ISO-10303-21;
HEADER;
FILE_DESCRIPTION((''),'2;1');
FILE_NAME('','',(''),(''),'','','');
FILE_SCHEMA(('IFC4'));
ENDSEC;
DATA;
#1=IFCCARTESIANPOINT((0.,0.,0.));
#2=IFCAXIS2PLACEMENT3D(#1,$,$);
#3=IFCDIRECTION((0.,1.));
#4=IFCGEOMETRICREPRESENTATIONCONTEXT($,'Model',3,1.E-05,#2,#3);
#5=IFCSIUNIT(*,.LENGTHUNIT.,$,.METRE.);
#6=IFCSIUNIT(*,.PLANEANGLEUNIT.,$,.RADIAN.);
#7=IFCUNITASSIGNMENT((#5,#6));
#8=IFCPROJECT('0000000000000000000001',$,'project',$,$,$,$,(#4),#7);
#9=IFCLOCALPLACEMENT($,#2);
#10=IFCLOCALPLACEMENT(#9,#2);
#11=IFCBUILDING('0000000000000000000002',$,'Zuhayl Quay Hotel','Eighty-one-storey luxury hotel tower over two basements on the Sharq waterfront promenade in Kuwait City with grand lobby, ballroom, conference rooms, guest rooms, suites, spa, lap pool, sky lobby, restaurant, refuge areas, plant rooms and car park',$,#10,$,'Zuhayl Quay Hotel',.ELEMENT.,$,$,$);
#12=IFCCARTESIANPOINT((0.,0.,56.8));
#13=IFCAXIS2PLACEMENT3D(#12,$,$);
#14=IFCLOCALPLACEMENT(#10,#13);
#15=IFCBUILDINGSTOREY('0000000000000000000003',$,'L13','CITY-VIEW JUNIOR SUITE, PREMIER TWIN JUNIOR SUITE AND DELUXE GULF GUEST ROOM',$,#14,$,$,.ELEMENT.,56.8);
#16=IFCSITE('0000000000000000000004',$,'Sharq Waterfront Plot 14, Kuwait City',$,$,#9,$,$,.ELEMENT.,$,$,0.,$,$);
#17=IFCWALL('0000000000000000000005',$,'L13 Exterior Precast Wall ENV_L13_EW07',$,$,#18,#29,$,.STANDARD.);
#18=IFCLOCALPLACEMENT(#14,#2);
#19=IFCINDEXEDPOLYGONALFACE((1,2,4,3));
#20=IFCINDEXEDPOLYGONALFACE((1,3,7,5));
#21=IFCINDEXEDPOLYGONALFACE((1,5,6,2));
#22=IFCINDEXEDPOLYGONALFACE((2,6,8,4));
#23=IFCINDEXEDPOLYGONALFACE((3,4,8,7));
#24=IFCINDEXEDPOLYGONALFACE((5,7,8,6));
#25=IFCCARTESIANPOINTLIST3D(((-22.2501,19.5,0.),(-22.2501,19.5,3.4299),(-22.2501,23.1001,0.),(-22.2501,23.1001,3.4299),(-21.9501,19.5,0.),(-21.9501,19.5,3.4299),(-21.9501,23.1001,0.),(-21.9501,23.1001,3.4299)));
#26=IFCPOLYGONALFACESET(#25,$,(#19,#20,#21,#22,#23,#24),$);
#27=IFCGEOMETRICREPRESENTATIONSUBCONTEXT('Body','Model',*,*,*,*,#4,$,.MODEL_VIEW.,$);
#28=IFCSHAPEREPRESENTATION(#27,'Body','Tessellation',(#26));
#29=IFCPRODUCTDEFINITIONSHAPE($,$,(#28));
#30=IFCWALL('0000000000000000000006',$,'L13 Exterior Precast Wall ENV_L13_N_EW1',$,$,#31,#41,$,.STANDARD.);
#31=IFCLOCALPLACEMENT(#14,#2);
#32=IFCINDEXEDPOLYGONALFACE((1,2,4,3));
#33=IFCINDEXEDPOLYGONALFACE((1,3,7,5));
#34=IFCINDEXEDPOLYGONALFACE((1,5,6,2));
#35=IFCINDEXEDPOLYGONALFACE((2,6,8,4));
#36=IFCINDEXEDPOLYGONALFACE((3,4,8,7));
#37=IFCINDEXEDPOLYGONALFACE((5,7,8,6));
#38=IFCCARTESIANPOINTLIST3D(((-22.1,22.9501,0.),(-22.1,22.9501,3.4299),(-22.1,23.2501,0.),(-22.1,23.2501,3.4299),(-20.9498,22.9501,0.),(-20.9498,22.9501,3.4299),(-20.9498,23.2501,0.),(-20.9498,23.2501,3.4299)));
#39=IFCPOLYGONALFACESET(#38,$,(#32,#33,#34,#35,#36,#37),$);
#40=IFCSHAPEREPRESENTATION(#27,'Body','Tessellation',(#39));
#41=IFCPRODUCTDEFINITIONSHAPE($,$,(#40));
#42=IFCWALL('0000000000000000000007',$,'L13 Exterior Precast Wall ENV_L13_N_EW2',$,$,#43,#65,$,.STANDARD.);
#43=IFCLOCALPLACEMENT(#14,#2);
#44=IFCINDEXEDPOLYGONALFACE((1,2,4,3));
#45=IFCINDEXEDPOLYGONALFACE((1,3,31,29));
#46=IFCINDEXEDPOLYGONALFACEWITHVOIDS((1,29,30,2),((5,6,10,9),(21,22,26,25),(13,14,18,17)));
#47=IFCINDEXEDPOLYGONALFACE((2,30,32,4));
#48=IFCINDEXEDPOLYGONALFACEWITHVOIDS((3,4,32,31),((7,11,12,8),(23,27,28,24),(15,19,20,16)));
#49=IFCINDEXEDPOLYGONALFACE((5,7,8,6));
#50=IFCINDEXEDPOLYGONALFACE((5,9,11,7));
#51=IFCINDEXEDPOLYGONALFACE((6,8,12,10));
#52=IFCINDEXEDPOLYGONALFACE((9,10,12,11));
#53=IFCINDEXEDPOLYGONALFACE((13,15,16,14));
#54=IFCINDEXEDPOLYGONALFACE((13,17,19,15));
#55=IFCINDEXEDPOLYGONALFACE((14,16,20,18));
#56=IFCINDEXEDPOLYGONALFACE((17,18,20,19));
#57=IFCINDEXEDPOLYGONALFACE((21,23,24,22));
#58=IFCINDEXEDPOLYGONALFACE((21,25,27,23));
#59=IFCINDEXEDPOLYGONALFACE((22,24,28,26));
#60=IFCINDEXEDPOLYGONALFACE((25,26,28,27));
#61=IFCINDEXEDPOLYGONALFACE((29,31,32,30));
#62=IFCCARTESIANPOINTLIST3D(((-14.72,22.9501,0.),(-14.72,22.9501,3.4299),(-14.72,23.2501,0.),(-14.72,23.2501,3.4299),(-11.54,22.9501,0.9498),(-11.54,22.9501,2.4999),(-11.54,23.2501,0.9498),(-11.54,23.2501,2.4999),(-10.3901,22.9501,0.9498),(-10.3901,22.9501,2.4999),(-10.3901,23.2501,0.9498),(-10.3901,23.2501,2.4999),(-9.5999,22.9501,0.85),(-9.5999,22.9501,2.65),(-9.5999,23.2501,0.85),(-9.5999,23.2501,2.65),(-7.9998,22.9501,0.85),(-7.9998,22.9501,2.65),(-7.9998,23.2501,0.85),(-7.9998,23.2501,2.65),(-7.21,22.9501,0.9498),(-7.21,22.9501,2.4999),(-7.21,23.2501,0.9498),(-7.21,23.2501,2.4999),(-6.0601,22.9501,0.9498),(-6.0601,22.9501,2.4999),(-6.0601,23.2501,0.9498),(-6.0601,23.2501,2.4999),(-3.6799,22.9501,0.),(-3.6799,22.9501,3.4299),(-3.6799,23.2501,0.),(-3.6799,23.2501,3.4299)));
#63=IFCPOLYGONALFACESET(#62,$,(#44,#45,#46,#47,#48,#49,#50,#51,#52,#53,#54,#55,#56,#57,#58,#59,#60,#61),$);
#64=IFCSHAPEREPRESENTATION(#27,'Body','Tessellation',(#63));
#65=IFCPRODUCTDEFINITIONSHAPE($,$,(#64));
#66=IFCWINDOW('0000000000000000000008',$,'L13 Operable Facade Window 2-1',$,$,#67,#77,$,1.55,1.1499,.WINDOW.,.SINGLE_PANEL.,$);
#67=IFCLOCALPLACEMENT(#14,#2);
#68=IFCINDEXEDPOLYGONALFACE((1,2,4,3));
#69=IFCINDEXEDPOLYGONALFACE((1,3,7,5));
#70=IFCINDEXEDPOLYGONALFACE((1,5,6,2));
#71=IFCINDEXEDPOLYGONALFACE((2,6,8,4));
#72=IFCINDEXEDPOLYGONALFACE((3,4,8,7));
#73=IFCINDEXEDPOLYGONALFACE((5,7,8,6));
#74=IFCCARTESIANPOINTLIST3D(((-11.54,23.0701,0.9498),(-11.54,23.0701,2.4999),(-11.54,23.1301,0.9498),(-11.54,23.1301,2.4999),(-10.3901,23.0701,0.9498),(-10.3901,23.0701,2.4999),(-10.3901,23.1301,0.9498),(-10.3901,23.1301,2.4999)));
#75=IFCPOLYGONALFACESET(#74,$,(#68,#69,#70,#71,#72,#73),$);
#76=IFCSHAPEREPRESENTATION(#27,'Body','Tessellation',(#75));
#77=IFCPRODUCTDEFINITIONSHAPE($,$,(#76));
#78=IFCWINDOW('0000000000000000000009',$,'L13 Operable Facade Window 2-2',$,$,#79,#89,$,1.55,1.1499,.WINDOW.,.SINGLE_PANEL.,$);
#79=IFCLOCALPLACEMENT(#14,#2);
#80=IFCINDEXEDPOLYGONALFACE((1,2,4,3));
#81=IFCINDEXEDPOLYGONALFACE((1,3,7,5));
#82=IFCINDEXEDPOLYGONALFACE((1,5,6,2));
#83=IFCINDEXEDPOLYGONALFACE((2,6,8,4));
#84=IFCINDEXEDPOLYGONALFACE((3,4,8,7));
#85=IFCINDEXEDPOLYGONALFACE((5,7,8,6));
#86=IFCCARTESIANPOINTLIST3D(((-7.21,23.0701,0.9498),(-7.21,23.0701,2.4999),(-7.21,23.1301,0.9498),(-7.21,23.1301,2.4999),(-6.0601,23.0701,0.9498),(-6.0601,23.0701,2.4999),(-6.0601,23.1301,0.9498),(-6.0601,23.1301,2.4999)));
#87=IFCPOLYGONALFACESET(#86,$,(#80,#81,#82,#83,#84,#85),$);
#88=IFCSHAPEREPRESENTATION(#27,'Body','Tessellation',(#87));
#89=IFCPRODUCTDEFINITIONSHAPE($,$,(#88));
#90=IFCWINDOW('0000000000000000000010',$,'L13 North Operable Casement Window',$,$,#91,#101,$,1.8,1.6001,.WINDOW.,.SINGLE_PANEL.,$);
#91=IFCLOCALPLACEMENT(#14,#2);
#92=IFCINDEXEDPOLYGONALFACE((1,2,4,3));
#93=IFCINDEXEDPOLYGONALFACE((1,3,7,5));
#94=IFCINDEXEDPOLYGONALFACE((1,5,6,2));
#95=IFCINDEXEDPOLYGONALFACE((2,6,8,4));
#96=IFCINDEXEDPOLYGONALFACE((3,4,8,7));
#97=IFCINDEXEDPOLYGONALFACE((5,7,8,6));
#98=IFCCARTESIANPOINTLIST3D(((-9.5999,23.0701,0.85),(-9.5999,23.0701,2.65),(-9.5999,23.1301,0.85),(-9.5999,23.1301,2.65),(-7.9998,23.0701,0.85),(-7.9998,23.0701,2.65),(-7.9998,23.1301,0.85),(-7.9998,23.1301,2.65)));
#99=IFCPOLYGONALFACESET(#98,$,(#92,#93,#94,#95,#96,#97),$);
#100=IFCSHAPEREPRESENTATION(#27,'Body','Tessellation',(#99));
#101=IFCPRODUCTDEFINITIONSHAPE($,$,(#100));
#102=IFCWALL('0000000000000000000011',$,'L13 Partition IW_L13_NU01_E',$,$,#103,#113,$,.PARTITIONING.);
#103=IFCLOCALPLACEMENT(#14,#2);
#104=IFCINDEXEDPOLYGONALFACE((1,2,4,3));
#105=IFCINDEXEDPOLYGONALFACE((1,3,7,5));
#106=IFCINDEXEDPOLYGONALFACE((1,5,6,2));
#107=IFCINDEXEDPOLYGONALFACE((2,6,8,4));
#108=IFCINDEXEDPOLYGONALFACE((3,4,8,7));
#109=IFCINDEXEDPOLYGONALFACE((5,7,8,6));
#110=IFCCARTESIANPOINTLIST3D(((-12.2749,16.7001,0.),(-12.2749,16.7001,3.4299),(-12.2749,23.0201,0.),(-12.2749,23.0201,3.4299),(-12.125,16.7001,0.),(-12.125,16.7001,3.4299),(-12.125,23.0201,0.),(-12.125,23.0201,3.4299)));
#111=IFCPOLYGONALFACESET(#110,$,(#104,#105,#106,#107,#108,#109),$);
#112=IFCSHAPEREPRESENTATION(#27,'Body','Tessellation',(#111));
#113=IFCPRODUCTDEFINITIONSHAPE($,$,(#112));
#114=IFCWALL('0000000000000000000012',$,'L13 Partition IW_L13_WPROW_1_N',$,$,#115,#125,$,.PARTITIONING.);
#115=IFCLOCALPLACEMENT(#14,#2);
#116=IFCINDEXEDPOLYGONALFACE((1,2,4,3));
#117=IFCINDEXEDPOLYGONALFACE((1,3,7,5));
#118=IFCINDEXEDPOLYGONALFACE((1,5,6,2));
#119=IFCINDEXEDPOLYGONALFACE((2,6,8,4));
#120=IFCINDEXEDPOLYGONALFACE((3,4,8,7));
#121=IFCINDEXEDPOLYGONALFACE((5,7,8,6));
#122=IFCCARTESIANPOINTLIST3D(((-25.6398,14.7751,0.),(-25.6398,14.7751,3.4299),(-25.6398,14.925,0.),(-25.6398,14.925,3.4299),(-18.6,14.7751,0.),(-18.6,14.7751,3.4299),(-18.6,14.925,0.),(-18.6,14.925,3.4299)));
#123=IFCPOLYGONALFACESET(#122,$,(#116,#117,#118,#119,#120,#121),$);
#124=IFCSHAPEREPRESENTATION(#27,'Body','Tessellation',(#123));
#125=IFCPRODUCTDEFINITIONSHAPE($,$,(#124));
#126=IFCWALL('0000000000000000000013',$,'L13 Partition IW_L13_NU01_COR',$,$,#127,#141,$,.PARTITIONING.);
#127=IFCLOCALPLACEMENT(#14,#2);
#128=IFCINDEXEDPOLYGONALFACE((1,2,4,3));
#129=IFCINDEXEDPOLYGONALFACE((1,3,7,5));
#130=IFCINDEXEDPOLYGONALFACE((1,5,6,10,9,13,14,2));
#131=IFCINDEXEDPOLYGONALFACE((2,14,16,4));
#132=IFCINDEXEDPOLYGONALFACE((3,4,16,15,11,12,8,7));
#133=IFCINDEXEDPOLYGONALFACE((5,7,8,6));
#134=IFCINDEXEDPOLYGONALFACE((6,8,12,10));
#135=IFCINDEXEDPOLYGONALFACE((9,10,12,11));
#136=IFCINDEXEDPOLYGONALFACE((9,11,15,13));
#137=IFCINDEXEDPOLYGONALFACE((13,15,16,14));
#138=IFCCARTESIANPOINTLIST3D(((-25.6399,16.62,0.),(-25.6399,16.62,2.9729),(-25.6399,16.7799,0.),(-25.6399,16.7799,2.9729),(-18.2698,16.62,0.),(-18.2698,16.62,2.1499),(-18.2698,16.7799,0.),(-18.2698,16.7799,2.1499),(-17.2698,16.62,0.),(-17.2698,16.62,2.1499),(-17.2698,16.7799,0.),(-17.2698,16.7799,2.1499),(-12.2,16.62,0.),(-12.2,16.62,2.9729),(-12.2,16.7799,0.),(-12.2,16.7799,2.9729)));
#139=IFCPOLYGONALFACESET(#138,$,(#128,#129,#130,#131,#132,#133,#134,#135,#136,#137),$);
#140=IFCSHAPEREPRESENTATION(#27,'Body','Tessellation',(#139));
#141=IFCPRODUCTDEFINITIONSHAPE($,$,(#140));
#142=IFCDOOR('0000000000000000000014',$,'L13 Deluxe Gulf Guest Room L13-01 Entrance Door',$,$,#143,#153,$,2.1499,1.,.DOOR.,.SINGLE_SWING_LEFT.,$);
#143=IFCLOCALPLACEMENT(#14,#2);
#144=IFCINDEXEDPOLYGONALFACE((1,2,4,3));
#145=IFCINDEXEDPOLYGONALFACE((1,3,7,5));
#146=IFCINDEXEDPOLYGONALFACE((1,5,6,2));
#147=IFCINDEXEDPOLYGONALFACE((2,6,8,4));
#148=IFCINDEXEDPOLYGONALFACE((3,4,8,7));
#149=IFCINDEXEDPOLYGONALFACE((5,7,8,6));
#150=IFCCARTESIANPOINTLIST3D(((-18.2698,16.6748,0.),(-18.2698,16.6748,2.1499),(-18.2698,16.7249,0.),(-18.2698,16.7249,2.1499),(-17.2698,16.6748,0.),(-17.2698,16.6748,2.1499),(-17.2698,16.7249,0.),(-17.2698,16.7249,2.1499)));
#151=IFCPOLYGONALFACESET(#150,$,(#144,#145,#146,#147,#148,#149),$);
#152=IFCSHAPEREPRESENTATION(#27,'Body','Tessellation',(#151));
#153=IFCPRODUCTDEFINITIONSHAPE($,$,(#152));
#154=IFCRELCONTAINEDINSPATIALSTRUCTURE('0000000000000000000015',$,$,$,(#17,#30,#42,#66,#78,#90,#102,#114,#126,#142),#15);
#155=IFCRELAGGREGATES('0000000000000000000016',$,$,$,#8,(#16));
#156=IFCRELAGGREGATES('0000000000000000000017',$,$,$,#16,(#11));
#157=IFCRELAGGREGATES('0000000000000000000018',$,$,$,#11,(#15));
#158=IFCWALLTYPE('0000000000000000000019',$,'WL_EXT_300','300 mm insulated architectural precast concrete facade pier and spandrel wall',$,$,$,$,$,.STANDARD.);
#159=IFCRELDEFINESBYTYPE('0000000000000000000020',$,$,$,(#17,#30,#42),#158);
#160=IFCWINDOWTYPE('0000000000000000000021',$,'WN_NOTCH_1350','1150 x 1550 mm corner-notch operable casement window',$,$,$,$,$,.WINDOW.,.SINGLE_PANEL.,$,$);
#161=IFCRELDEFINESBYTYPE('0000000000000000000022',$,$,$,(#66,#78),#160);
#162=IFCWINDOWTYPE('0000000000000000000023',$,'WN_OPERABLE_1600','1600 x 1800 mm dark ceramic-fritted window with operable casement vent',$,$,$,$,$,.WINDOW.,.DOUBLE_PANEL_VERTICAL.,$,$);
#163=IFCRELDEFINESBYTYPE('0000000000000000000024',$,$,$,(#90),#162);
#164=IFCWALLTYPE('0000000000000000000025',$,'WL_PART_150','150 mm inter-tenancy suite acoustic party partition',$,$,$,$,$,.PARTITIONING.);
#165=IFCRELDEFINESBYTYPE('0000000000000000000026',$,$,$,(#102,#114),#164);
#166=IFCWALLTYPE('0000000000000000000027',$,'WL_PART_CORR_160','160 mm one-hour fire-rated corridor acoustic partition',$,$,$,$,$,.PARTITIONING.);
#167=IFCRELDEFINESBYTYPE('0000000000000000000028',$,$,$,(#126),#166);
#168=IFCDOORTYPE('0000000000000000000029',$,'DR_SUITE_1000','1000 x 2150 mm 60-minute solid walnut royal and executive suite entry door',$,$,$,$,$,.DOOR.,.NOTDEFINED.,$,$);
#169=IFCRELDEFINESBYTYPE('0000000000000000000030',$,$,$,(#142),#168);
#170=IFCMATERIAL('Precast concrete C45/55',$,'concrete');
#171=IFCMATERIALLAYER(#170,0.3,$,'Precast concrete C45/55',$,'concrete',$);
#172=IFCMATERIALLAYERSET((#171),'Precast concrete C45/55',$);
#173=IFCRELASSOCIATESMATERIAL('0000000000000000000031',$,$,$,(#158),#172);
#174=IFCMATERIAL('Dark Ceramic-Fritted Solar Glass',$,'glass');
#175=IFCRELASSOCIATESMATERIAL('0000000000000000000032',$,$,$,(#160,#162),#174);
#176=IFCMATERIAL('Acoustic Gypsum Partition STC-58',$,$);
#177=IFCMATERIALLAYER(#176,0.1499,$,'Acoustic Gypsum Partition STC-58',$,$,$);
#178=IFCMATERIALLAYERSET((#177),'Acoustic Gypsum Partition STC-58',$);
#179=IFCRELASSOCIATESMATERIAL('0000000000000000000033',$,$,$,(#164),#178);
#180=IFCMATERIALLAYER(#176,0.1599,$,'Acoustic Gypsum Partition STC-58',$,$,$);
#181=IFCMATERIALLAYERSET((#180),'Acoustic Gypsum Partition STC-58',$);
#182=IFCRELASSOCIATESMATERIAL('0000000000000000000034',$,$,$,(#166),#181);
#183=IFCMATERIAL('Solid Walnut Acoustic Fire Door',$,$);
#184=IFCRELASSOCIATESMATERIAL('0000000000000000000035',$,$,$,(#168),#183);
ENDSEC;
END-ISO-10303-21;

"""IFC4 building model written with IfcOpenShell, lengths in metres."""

from ifc_helpers import new_model, si_unit, direction, frame, frame_2d, origin, place, context, subcontext, project, spatial, rectangle, extrude, material, layer, layer_set, type_object, element, fill, save


model = new_model("IFC4")

# Units and contexts
model_context = context("Model", 3, precision=1e-05, world=origin(), true_north=direction((0.0, 1.0)))
body_context = subcontext(model_context, "Body", "Model", "MODEL_VIEW")
ifc_project = project(units=[si_unit("LENGTHUNIT", "METRE"), si_unit("PLANEANGLEUNIT", "RADIAN")], contexts=[model_context])

# Site, building, storey
site_placement = place(None, origin())
site = spatial("IfcSite", under=ifc_project, at=site_placement, Name="Sharq Waterfront Plot 14, Kuwait City", CompositionType="ELEMENT", RefElevation=0.0)
building_placement = place(site_placement, origin())
building = spatial("IfcBuilding", under=site, at=building_placement, Name="Zuhayl Quay Hotel", Description="Eighty-one-storey luxury hotel tower over two basements on the Sharq waterfront promenade in Kuwait City with grand lobby, ballroom, conference rooms, guest rooms, suites, spa, lap pool, sky lobby, restaurant, refuge areas, plant rooms and car park", LongName="Zuhayl Quay Hotel", CompositionType="ELEMENT")
storey_placement = place(building_placement, frame((0.0, 0.0, 56.8)))
storey = spatial("IfcBuildingStorey", under=building, at=storey_placement, Name="L13", Description="CITY-VIEW JUNIOR SUITE, PREMIER TWIN JUNIOR SUITE AND DELUXE GULF GUEST ROOM", CompositionType="ELEMENT", Elevation=56.8)

# Shared definitions
ifc_material_1 = material(Name="Dark Ceramic-Fritted Solar Glass", Category="glass")

# Walls
ifc_material_2 = material(Name="Precast concrete C45/55", Category="concrete")
ifc_layer_1 = layer(ifc_material_2, 0.3, Name="Precast concrete C45/55", Category="concrete")
ifc_layer_set_1 = layer_set([ifc_layer_1], Name="Precast concrete C45/55")
wall_type_1 = type_object("IfcWallType", Name="WL_EXT_300", Description="300 mm insulated architectural precast concrete facade pier and spandrel wall", PredefinedType="STANDARD", material=ifc_layer_set_1)
wall_1_placement = place(storey_placement, frame((-22.1001, 19.5, 0.0), z_axis=(0.0, 0.0, 1.0), x_axis=(0.0, 1.0, 0.0)))
element("IfcWall", 1, at=wall_1_placement, inside=storey, type_object=wall_type_1, Name="L13 Exterior Precast Wall ENV_L13_EW07", PredefinedType="STANDARD", context=body_context, shape_type="SweptSolid", body=[
    extrude(rectangle(XDim=3.6001, YDim=0.3, at=frame_2d((1.8, 0.0))), origin(), (0.0, 0.0, 1.0), 3.4299),
])
wall_2_placement = place(storey_placement, frame((-22.1001, 23.1001, 0.0), z_axis=(0.0, 0.0, 1.0), x_axis=(1.0, 0.0, 0.0)))
element("IfcWall", 2, at=wall_2_placement, inside=storey, type_object=wall_type_1, Name="L13 Exterior Precast Wall ENV_L13_N_EW1", PredefinedType="STANDARD", context=body_context, shape_type="SweptSolid", body=[
    extrude(rectangle(XDim=1.1501, YDim=0.3, at=frame_2d((0.5752, 0.0))), origin(), (0.0, 0.0, 1.0), 3.4299),
])

# Wall, openings, windows
wall_3_placement = place(storey_placement, frame((-14.72, 23.1001, 0.0), z_axis=(0.0, 0.0, 1.0), x_axis=(1.0, 0.0, 0.0)))
wall_3 = element("IfcWall", 3, at=wall_3_placement, inside=storey, type_object=wall_type_1, Name="L13 Exterior Precast Wall ENV_L13_N_EW2", PredefinedType="STANDARD", context=body_context, shape_type="SweptSolid", body=[
    extrude(rectangle(XDim=11.04, YDim=0.3, at=frame_2d((5.52, 0.0))), origin(), (0.0, 0.0, 1.0), 3.4299),
])
opening_1_placement = place(wall_3_placement, frame((5.1201, 0.0, 0.8501)))
opening_1 = element("IfcOpeningElement", 4, at=opening_1_placement, cuts=wall_3, PredefinedType="OPENING", context=body_context, shape_type="SweptSolid", body=[
    extrude(rectangle(XDim=1.6001, YDim=1.8, at=frame_2d((0.8, 0.8999))), frame((0.0, 0.1599, 0.0), z_axis=(0.0, -1.0, 0.0), x_axis=(1.0, 0.0, 0.0)), (0.0, 0.0, 1.0), 0.3201),
])
opening_2_placement = place(wall_3_placement, frame((3.1799, 0.0, 0.95)))
opening_2 = element("IfcOpeningElement", 5, at=opening_2_placement, cuts=wall_3, PredefinedType="OPENING", context=body_context, shape_type="SweptSolid", body=[
    extrude(rectangle(XDim=1.1499, YDim=1.55, at=frame_2d((0.575, 0.7749))), frame((0.0, 0.1599, 0.0), z_axis=(0.0, -1.0, 0.0), x_axis=(1.0, 0.0, 0.0)), (0.0, 0.0, 1.0), 0.3201),
])
opening_3_placement = place(wall_3_placement, frame((7.51, 0.0, 0.95)))
opening_3 = element("IfcOpeningElement", 6, at=opening_3_placement, cuts=wall_3, PredefinedType="OPENING", context=body_context, shape_type="SweptSolid", body=[
    extrude(rectangle(XDim=1.1499, YDim=1.55, at=frame_2d((0.575, 0.7749))), frame((0.0, 0.1599, 0.0), z_axis=(0.0, -1.0, 0.0), x_axis=(1.0, 0.0, 0.0)), (0.0, 0.0, 1.0), 0.3201),
])
window_type_1 = type_object("IfcWindowType", Name="WN_NOTCH_1350", Description="1150 x 1550 mm corner-notch operable casement window", PartitioningType="SINGLE_PANEL", PredefinedType="WINDOW", material=ifc_material_1)
window_1_placement = place(opening_2_placement, origin())
window_1 = element("IfcWindow", 7, at=window_1_placement, inside=storey, type_object=window_type_1, Name="L13 Operable Facade Window 2-1", OverallHeight=1.55, OverallWidth=1.1499, PartitioningType="SINGLE_PANEL", PredefinedType="WINDOW", context=body_context, shape_type="SweptSolid", body=[
    extrude(rectangle(XDim=1.1499, YDim=1.55, at=frame_2d((0.575, 0.7749))), frame((0.0, 0.03, 0.0), z_axis=(0.0, -1.0, 0.0), x_axis=(1.0, 0.0, 0.0)), (0.0, 0.0, 1.0), 0.0601),
])
fill(opening_2, window_1)
window_2_placement = place(opening_3_placement, origin())
window_2 = element("IfcWindow", 8, at=window_2_placement, inside=storey, type_object=window_type_1, Name="L13 Operable Facade Window 2-2", OverallHeight=1.55, OverallWidth=1.1499, PartitioningType="SINGLE_PANEL", PredefinedType="WINDOW", context=body_context, shape_type="SweptSolid", body=[
    extrude(rectangle(XDim=1.1499, YDim=1.55, at=frame_2d((0.575, 0.7749))), frame((0.0, 0.03, 0.0), z_axis=(0.0, -1.0, 0.0), x_axis=(1.0, 0.0, 0.0)), (0.0, 0.0, 1.0), 0.0601),
])
fill(opening_3, window_2)
window_type_2 = type_object("IfcWindowType", Name="WN_OPERABLE_1600", Description="1600 x 1800 mm dark ceramic-fritted window with operable casement vent", PartitioningType="DOUBLE_PANEL_VERTICAL", PredefinedType="WINDOW", material=ifc_material_1)
window_3_placement = place(opening_1_placement, origin())
window_3 = element("IfcWindow", 9, at=window_3_placement, inside=storey, type_object=window_type_2, Name="L13 North Operable Casement Window", OverallHeight=1.8, OverallWidth=1.6001, PartitioningType="SINGLE_PANEL", PredefinedType="WINDOW", context=body_context, shape_type="SweptSolid", body=[
    extrude(rectangle(XDim=1.6001, YDim=1.8, at=frame_2d((0.8, 0.8999))), frame((0.0, 0.03, 0.0), z_axis=(0.0, -1.0, 0.0), x_axis=(1.0, 0.0, 0.0)), (0.0, 0.0, 1.0), 0.0601),
])
fill(opening_1, window_3)

# Walls
ifc_material_3 = material(Name="Acoustic Gypsum Partition STC-58")
ifc_layer_2 = layer(ifc_material_3, 0.1499, Name="Acoustic Gypsum Partition STC-58")
ifc_layer_set_2 = layer_set([ifc_layer_2], Name="Acoustic Gypsum Partition STC-58")
wall_type_2 = type_object("IfcWallType", Name="WL_PART_150", Description="150 mm inter-tenancy suite acoustic party partition", PredefinedType="PARTITIONING", material=ifc_layer_set_2)
wall_4_placement = place(storey_placement, frame((-12.2, 16.7, 0.0), z_axis=(0.0, 0.0, 1.0), x_axis=(0.0, 1.0, 0.0)))
element("IfcWall", 10, at=wall_4_placement, inside=storey, type_object=wall_type_2, Name="L13 Partition IW_L13_NU01_E", PredefinedType="PARTITIONING", context=body_context, shape_type="SweptSolid", body=[
    extrude(rectangle(XDim=6.3201, YDim=0.1499, at=frame_2d((3.1602, 0.0))), origin(), (0.0, 0.0, 1.0), 3.4299),
])
wall_5_placement = place(storey_placement, frame((-25.6399, 14.8501, 0.0), z_axis=(0.0, 0.0, 1.0), x_axis=(1.0, 0.0, 0.0)))
element("IfcWall", 11, at=wall_5_placement, inside=storey, type_object=wall_type_2, Name="L13 Partition IW_L13_WPROW_1_N", PredefinedType="PARTITIONING", context=body_context, shape_type="SweptSolid", body=[
    extrude(rectangle(XDim=7.0398, YDim=0.1499, at=frame_2d((3.52, 0.0))), origin(), (0.0, 0.0, 1.0), 3.4299),
])

# Wall, opening, door
ifc_layer_3 = layer(ifc_material_3, 0.1599, Name="Acoustic Gypsum Partition STC-58")
ifc_layer_set_3 = layer_set([ifc_layer_3], Name="Acoustic Gypsum Partition STC-58")
wall_type_3 = type_object("IfcWallType", Name="WL_PART_CORR_160", Description="160 mm one-hour fire-rated corridor acoustic partition", PredefinedType="PARTITIONING", material=ifc_layer_set_3)
wall_6_placement = place(storey_placement, frame((-25.6399, 16.7, 0.0), z_axis=(0.0, 0.0, 1.0), x_axis=(1.0, 0.0, 0.0)))
wall_6 = element("IfcWall", 12, at=wall_6_placement, inside=storey, type_object=wall_type_3, Name="L13 Partition IW_L13_NU01_COR", PredefinedType="PARTITIONING", context=body_context, shape_type="SweptSolid", body=[
    extrude(rectangle(XDim=13.4399, YDim=0.1599, at=frame_2d((6.72, 0.0))), origin(), (0.0, 0.0, 1.0), 2.9729),
])
opening_4_placement = place(wall_6_placement, frame((7.3701, 0.0, 0.0)))
opening_4 = element("IfcOpeningElement", 13, at=opening_4_placement, cuts=wall_6, PredefinedType="OPENING", context=body_context, shape_type="SweptSolid", body=[
    extrude(rectangle(XDim=1.0, YDim=2.1499, at=frame_2d((0.5, 1.075))), frame((0.0, 0.0898, 0.0), z_axis=(0.0, -1.0, 0.0), x_axis=(1.0, 0.0, 0.0)), (0.0, 0.0, 1.0), 0.1799),
])
ifc_material_4 = material(Name="Solid Walnut Acoustic Fire Door")
door_type_1 = type_object("IfcDoorType", Name="DR_SUITE_1000", Description="1000 x 2150 mm 60-minute solid walnut royal and executive suite entry door", OperationType="NOTDEFINED", PredefinedType="DOOR", material=ifc_material_4)
door_1_placement = place(opening_4_placement, origin())
door_1 = element("IfcDoor", 14, at=door_1_placement, inside=storey, type_object=door_type_1, Name="L13 Deluxe Gulf Guest Room L13-01 Entrance Door", OperationType="SINGLE_SWING_LEFT", OverallHeight=2.1499, OverallWidth=1.0, PredefinedType="DOOR", context=body_context, shape_type="SweptSolid", body=[
    extrude(rectangle(XDim=1.0, YDim=2.1499, at=frame_2d((0.5, 1.075))), frame((0.0, 0.0249, 0.0), z_axis=(0.0, -1.0, 0.0), x_axis=(1.0, 0.0, 0.0)), (0.0, 0.0, 1.0), 0.05),
])
fill(opening_4, door_1)

save(model, "model.ifc")
